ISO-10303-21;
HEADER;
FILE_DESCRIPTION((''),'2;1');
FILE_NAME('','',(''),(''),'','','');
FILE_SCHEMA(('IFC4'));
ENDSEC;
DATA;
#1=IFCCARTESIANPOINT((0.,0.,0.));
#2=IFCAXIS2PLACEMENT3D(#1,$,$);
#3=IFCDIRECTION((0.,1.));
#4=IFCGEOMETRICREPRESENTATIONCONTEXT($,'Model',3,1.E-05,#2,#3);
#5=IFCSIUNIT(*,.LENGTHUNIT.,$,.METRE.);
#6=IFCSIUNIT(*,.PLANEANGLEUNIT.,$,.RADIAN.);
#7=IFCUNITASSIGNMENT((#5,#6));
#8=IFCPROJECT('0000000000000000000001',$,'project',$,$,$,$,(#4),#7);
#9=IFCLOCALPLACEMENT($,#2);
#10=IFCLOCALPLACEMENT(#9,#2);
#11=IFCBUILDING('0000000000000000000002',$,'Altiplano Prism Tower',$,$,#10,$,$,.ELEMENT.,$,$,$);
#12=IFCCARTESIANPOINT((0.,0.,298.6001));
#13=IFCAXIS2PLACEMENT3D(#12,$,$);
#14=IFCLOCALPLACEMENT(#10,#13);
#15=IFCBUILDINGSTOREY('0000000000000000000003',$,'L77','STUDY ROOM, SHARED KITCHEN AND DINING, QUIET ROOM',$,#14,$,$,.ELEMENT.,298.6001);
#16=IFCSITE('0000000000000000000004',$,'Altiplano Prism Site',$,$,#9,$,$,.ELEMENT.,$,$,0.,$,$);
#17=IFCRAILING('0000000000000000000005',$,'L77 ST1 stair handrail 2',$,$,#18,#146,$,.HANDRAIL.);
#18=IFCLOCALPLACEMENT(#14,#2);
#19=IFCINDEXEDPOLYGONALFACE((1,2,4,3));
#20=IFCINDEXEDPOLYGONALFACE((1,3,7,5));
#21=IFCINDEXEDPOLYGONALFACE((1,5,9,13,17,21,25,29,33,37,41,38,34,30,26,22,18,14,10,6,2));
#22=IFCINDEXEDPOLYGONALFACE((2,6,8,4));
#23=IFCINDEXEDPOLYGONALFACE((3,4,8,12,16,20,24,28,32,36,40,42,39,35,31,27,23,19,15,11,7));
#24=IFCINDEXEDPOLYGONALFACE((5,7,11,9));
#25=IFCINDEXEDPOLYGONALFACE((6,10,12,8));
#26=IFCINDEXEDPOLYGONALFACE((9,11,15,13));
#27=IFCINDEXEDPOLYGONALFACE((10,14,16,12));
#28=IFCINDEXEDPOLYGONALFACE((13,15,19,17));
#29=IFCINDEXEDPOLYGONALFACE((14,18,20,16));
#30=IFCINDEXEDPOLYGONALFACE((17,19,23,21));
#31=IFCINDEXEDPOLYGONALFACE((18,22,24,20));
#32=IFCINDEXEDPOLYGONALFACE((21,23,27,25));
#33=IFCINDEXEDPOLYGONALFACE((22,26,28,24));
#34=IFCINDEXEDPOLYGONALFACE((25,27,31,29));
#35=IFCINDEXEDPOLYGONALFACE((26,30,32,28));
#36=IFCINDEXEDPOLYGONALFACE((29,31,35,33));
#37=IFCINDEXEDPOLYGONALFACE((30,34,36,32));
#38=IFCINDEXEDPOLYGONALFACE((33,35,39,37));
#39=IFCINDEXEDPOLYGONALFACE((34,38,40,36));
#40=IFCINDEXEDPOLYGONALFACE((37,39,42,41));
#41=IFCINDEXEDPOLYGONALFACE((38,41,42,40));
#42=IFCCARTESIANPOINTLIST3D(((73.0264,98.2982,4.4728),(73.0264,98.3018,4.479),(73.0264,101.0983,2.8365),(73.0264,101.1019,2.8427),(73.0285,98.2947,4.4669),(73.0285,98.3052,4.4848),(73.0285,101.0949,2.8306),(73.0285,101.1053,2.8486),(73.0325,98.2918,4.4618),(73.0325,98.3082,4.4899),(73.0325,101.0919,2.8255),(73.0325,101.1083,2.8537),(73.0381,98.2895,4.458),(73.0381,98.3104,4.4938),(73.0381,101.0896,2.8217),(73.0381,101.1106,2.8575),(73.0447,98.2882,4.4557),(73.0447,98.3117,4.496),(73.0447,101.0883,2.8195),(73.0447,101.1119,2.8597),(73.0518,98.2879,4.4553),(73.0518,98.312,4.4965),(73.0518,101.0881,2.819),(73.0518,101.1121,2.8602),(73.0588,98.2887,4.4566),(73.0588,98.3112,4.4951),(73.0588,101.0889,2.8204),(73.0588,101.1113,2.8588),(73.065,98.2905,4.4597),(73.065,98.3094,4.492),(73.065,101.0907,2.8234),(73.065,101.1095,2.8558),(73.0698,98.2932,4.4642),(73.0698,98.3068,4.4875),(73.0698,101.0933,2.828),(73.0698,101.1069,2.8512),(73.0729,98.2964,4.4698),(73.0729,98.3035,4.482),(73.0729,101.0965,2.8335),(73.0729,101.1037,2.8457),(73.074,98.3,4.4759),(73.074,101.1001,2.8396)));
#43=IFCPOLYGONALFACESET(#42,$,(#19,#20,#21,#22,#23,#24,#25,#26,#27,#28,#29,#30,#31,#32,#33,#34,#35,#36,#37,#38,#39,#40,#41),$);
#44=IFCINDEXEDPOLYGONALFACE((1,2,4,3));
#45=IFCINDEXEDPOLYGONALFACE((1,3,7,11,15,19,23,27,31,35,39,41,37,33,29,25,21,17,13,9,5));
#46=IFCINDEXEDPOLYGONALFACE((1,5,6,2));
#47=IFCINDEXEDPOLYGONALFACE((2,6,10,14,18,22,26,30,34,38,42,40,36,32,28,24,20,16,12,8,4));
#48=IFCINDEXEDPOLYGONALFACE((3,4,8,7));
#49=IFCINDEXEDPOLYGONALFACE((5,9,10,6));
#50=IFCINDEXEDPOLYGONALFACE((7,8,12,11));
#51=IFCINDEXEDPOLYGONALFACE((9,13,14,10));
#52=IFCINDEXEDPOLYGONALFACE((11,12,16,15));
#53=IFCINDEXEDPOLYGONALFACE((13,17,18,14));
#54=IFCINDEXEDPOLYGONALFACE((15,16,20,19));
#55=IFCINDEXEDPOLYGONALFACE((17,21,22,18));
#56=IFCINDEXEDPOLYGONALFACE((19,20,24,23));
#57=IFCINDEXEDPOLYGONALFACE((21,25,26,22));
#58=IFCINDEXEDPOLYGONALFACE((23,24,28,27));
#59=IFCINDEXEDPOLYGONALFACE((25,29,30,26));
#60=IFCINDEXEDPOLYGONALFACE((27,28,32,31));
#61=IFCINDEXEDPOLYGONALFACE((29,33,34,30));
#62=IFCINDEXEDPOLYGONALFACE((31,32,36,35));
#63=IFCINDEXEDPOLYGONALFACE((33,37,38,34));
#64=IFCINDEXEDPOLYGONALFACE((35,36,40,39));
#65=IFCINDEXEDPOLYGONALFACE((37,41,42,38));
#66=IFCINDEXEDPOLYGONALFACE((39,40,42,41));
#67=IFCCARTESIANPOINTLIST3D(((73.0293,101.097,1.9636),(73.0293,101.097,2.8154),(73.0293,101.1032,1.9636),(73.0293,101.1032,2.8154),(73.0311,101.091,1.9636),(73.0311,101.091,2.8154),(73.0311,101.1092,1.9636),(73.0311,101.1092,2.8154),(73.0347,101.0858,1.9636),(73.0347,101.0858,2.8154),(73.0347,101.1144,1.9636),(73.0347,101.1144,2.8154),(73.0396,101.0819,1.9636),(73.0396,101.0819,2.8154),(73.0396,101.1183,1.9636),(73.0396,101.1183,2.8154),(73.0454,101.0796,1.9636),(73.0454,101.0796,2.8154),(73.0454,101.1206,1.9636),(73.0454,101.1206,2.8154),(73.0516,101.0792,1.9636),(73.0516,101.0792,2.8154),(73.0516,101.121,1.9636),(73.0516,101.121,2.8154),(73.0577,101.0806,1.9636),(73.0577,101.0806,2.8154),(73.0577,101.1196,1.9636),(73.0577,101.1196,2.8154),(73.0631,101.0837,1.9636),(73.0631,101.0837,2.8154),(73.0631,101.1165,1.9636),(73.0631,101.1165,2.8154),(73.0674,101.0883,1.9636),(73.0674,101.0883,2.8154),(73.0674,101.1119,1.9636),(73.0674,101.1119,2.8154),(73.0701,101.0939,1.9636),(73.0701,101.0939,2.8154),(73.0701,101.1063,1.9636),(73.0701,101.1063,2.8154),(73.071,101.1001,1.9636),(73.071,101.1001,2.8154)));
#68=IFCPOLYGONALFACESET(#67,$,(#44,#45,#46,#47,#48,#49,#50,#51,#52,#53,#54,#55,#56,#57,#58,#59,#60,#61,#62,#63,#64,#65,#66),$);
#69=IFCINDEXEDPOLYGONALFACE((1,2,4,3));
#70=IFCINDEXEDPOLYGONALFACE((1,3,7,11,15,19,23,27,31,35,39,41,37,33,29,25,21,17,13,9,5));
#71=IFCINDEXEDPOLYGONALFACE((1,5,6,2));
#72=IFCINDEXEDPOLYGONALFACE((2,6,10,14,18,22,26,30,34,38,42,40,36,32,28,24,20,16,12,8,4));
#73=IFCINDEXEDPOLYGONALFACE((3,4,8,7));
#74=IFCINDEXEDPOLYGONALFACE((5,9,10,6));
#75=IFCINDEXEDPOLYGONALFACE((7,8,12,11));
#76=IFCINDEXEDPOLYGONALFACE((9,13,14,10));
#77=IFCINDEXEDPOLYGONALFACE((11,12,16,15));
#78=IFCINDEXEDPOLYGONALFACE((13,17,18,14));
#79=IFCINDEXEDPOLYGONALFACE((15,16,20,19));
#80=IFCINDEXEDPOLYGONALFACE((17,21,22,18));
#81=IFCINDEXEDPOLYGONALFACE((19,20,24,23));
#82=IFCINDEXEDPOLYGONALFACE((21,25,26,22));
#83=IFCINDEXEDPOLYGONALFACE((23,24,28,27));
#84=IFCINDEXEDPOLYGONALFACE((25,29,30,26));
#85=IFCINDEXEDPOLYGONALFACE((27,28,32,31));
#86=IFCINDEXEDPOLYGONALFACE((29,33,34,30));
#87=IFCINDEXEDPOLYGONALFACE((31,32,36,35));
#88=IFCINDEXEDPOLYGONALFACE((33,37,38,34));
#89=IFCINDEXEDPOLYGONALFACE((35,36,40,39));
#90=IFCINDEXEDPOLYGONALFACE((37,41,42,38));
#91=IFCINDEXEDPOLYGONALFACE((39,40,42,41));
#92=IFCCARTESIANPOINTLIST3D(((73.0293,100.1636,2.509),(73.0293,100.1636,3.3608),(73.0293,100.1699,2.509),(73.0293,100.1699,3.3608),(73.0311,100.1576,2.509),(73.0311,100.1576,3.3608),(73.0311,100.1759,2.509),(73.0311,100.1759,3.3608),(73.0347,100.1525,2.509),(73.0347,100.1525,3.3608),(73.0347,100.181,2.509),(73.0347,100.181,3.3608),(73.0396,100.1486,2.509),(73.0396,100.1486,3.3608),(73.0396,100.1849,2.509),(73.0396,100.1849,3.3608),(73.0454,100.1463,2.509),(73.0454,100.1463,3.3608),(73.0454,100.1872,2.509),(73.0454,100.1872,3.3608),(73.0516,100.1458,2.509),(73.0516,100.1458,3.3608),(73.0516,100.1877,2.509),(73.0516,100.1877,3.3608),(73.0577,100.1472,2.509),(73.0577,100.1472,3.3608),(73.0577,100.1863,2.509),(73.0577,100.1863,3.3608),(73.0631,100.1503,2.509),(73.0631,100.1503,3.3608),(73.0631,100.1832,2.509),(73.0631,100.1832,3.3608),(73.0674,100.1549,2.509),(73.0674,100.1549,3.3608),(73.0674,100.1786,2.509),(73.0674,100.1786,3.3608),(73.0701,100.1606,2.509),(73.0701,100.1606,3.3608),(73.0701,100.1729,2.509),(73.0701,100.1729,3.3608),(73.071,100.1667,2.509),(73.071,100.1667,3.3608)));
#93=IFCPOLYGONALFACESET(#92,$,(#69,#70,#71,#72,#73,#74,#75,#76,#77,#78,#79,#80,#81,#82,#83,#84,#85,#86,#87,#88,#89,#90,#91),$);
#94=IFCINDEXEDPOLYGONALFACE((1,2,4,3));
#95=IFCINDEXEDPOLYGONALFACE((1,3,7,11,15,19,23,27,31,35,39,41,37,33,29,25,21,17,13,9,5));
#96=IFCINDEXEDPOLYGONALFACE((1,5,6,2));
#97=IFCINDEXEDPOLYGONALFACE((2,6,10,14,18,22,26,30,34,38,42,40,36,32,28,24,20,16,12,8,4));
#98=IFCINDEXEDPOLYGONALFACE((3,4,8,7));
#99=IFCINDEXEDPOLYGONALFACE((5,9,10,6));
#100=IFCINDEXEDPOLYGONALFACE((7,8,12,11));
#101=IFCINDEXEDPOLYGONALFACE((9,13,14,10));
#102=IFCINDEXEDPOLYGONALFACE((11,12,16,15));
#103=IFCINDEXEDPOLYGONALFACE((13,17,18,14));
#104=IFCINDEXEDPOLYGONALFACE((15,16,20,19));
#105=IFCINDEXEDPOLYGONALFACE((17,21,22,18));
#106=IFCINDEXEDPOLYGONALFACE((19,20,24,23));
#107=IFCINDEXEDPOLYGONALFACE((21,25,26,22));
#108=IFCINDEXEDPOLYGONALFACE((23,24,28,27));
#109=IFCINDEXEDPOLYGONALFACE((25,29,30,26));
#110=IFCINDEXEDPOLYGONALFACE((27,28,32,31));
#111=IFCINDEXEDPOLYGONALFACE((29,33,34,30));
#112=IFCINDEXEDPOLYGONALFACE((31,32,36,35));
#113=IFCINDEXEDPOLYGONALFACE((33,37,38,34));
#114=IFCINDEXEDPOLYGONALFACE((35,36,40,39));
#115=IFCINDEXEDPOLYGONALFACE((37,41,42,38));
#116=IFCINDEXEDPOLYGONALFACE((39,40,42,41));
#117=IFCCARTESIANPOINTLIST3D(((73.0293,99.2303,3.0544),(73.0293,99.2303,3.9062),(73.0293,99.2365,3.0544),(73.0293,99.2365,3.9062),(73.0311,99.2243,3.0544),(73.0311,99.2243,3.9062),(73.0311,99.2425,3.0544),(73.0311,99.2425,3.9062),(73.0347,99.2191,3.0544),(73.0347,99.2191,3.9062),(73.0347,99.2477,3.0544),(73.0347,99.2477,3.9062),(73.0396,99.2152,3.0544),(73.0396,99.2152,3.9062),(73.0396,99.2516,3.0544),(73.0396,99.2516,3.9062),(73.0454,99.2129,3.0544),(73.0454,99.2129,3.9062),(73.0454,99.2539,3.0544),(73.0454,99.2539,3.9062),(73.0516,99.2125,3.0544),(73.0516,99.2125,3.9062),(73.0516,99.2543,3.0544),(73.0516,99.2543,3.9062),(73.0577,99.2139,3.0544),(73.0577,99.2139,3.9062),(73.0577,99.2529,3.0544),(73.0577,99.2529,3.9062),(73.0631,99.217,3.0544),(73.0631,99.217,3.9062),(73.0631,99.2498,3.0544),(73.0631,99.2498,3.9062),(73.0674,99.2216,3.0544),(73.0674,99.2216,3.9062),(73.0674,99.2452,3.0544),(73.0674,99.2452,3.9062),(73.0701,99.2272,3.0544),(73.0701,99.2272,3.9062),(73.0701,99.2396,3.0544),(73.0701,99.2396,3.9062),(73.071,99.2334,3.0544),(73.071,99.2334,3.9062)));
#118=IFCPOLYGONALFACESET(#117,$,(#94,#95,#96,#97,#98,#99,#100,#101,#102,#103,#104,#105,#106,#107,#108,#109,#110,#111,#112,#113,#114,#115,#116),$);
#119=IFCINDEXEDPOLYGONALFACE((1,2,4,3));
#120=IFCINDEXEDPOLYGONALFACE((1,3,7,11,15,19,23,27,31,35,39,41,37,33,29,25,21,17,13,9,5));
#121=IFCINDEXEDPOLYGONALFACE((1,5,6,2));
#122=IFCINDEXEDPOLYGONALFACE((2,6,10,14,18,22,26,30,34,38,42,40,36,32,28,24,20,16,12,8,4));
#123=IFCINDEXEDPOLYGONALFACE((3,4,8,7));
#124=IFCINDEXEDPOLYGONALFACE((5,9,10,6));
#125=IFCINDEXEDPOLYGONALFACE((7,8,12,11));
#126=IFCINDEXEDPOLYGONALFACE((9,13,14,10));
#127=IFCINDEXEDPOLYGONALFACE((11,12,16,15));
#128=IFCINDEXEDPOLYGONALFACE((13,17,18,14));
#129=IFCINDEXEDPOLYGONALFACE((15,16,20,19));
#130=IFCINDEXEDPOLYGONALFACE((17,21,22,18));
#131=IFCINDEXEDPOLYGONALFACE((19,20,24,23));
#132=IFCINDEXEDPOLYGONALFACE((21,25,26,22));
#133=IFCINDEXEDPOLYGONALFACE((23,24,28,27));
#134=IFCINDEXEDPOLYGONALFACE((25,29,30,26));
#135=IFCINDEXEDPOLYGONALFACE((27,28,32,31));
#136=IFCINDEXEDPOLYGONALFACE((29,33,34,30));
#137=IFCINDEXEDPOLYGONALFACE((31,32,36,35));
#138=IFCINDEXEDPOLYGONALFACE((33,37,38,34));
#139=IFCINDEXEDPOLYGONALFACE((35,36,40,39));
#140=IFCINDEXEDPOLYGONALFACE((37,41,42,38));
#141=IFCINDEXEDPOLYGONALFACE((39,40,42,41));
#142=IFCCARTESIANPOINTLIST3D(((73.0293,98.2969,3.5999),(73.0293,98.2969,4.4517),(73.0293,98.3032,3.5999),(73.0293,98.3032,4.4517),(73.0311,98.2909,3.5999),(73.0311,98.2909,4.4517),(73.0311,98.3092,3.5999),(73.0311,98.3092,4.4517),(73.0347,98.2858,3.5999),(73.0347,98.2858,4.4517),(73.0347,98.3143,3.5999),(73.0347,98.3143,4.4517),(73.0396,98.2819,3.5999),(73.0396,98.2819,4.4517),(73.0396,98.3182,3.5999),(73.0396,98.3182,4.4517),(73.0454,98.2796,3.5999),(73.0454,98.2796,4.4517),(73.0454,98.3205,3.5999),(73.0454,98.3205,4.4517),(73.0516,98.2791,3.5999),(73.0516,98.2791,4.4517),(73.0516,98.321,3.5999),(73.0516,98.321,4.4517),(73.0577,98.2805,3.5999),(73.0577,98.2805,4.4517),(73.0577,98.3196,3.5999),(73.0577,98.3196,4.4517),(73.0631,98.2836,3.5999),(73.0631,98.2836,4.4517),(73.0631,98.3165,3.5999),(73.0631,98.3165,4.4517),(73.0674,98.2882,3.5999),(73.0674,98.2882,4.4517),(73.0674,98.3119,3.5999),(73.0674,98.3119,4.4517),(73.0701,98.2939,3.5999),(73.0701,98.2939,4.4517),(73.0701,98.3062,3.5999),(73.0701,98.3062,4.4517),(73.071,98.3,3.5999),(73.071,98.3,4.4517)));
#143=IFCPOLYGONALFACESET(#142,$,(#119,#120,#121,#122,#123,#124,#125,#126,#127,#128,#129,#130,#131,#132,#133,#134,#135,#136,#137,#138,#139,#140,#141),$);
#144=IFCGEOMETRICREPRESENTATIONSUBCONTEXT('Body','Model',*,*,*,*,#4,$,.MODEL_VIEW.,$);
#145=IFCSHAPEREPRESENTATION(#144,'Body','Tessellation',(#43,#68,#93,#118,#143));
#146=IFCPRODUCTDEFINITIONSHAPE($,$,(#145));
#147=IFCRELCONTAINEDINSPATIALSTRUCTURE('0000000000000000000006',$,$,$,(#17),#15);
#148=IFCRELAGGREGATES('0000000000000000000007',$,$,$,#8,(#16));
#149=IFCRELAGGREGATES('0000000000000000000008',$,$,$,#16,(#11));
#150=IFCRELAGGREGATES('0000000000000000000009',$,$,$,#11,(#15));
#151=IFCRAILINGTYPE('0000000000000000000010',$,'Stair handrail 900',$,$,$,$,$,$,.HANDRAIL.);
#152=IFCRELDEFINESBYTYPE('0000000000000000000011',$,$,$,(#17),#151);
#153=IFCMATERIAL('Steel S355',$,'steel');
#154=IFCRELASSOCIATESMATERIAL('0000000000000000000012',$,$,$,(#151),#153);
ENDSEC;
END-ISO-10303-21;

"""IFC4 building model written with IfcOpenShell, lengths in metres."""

from ifc_helpers import new_model, si_unit, direction, frame, origin, origin_2d, place, context, subcontext, project, spatial, circle, extrude, material, type_object, element, save


model = new_model("IFC4")

# Units and contexts
model_context = context("Model", 3, precision=1e-05, world=origin(), true_north=direction((0.0, 1.0)))
body_context = subcontext(model_context, "Body", "Model", "MODEL_VIEW")
ifc_project = project(units=[si_unit("LENGTHUNIT", "METRE"), si_unit("PLANEANGLEUNIT", "RADIAN")], contexts=[model_context])

# Site, building, storey
site_placement = place(None, origin())
site = spatial("IfcSite", under=ifc_project, at=site_placement, Name="Altiplano Prism Site", CompositionType="ELEMENT", RefElevation=0.0)
building_placement = place(site_placement, origin())
building = spatial("IfcBuilding", under=site, at=building_placement, Name="Altiplano Prism Tower", CompositionType="ELEMENT")
storey_placement = place(building_placement, frame((0.0, 0.0, 298.6001)))
storey = spatial("IfcBuildingStorey", under=building, at=storey_placement, Name="L77", Description="STUDY ROOM, SHARED KITCHEN AND DINING, QUIET ROOM", CompositionType="ELEMENT", Elevation=298.6001)

# Railing
ifc_material_1 = material(Name="Steel S355", Category="steel")
railing_type_1 = type_object("IfcRailingType", Name="Stair handrail 900", PredefinedType="HANDRAIL", material=ifc_material_1)
railing_1_placement = place(storey_placement, frame((73.05, 101.1001, 1.9636)))
element("IfcRailing", 1, at=railing_1_placement, inside=storey, type_object=railing_type_1, Name="L77 ST1 stair handrail 2", PredefinedType="HANDRAIL", context=body_context, shape_type="SweptSolid", body=[
    extrude(circle(Radius=0.0239, at=origin_2d()), frame((0.0, 0.0, 0.876), z_axis=(0.0, -0.863394, 0.504531), x_axis=(1.0, 0.0, 0.0)), (0.0, 0.0, 1.0), 3.2432),
    extrude(circle(Radius=0.021, at=origin_2d()), origin(), (0.0, 0.0, 1.0), 0.8518),
    extrude(circle(Radius=0.021, at=origin_2d()), frame((0.0, -0.9333, 0.5454)), (0.0, 0.0, 1.0), 0.8518),
    extrude(circle(Radius=0.021, at=origin_2d()), frame((0.0, -1.8667, 1.0908)), (0.0, 0.0, 1.0), 0.8518),
    extrude(circle(Radius=0.021, at=origin_2d()), frame((0.0, -2.8, 1.6362)), (0.0, 0.0, 1.0), 0.8518),
])

save(model, "model.ifc")
